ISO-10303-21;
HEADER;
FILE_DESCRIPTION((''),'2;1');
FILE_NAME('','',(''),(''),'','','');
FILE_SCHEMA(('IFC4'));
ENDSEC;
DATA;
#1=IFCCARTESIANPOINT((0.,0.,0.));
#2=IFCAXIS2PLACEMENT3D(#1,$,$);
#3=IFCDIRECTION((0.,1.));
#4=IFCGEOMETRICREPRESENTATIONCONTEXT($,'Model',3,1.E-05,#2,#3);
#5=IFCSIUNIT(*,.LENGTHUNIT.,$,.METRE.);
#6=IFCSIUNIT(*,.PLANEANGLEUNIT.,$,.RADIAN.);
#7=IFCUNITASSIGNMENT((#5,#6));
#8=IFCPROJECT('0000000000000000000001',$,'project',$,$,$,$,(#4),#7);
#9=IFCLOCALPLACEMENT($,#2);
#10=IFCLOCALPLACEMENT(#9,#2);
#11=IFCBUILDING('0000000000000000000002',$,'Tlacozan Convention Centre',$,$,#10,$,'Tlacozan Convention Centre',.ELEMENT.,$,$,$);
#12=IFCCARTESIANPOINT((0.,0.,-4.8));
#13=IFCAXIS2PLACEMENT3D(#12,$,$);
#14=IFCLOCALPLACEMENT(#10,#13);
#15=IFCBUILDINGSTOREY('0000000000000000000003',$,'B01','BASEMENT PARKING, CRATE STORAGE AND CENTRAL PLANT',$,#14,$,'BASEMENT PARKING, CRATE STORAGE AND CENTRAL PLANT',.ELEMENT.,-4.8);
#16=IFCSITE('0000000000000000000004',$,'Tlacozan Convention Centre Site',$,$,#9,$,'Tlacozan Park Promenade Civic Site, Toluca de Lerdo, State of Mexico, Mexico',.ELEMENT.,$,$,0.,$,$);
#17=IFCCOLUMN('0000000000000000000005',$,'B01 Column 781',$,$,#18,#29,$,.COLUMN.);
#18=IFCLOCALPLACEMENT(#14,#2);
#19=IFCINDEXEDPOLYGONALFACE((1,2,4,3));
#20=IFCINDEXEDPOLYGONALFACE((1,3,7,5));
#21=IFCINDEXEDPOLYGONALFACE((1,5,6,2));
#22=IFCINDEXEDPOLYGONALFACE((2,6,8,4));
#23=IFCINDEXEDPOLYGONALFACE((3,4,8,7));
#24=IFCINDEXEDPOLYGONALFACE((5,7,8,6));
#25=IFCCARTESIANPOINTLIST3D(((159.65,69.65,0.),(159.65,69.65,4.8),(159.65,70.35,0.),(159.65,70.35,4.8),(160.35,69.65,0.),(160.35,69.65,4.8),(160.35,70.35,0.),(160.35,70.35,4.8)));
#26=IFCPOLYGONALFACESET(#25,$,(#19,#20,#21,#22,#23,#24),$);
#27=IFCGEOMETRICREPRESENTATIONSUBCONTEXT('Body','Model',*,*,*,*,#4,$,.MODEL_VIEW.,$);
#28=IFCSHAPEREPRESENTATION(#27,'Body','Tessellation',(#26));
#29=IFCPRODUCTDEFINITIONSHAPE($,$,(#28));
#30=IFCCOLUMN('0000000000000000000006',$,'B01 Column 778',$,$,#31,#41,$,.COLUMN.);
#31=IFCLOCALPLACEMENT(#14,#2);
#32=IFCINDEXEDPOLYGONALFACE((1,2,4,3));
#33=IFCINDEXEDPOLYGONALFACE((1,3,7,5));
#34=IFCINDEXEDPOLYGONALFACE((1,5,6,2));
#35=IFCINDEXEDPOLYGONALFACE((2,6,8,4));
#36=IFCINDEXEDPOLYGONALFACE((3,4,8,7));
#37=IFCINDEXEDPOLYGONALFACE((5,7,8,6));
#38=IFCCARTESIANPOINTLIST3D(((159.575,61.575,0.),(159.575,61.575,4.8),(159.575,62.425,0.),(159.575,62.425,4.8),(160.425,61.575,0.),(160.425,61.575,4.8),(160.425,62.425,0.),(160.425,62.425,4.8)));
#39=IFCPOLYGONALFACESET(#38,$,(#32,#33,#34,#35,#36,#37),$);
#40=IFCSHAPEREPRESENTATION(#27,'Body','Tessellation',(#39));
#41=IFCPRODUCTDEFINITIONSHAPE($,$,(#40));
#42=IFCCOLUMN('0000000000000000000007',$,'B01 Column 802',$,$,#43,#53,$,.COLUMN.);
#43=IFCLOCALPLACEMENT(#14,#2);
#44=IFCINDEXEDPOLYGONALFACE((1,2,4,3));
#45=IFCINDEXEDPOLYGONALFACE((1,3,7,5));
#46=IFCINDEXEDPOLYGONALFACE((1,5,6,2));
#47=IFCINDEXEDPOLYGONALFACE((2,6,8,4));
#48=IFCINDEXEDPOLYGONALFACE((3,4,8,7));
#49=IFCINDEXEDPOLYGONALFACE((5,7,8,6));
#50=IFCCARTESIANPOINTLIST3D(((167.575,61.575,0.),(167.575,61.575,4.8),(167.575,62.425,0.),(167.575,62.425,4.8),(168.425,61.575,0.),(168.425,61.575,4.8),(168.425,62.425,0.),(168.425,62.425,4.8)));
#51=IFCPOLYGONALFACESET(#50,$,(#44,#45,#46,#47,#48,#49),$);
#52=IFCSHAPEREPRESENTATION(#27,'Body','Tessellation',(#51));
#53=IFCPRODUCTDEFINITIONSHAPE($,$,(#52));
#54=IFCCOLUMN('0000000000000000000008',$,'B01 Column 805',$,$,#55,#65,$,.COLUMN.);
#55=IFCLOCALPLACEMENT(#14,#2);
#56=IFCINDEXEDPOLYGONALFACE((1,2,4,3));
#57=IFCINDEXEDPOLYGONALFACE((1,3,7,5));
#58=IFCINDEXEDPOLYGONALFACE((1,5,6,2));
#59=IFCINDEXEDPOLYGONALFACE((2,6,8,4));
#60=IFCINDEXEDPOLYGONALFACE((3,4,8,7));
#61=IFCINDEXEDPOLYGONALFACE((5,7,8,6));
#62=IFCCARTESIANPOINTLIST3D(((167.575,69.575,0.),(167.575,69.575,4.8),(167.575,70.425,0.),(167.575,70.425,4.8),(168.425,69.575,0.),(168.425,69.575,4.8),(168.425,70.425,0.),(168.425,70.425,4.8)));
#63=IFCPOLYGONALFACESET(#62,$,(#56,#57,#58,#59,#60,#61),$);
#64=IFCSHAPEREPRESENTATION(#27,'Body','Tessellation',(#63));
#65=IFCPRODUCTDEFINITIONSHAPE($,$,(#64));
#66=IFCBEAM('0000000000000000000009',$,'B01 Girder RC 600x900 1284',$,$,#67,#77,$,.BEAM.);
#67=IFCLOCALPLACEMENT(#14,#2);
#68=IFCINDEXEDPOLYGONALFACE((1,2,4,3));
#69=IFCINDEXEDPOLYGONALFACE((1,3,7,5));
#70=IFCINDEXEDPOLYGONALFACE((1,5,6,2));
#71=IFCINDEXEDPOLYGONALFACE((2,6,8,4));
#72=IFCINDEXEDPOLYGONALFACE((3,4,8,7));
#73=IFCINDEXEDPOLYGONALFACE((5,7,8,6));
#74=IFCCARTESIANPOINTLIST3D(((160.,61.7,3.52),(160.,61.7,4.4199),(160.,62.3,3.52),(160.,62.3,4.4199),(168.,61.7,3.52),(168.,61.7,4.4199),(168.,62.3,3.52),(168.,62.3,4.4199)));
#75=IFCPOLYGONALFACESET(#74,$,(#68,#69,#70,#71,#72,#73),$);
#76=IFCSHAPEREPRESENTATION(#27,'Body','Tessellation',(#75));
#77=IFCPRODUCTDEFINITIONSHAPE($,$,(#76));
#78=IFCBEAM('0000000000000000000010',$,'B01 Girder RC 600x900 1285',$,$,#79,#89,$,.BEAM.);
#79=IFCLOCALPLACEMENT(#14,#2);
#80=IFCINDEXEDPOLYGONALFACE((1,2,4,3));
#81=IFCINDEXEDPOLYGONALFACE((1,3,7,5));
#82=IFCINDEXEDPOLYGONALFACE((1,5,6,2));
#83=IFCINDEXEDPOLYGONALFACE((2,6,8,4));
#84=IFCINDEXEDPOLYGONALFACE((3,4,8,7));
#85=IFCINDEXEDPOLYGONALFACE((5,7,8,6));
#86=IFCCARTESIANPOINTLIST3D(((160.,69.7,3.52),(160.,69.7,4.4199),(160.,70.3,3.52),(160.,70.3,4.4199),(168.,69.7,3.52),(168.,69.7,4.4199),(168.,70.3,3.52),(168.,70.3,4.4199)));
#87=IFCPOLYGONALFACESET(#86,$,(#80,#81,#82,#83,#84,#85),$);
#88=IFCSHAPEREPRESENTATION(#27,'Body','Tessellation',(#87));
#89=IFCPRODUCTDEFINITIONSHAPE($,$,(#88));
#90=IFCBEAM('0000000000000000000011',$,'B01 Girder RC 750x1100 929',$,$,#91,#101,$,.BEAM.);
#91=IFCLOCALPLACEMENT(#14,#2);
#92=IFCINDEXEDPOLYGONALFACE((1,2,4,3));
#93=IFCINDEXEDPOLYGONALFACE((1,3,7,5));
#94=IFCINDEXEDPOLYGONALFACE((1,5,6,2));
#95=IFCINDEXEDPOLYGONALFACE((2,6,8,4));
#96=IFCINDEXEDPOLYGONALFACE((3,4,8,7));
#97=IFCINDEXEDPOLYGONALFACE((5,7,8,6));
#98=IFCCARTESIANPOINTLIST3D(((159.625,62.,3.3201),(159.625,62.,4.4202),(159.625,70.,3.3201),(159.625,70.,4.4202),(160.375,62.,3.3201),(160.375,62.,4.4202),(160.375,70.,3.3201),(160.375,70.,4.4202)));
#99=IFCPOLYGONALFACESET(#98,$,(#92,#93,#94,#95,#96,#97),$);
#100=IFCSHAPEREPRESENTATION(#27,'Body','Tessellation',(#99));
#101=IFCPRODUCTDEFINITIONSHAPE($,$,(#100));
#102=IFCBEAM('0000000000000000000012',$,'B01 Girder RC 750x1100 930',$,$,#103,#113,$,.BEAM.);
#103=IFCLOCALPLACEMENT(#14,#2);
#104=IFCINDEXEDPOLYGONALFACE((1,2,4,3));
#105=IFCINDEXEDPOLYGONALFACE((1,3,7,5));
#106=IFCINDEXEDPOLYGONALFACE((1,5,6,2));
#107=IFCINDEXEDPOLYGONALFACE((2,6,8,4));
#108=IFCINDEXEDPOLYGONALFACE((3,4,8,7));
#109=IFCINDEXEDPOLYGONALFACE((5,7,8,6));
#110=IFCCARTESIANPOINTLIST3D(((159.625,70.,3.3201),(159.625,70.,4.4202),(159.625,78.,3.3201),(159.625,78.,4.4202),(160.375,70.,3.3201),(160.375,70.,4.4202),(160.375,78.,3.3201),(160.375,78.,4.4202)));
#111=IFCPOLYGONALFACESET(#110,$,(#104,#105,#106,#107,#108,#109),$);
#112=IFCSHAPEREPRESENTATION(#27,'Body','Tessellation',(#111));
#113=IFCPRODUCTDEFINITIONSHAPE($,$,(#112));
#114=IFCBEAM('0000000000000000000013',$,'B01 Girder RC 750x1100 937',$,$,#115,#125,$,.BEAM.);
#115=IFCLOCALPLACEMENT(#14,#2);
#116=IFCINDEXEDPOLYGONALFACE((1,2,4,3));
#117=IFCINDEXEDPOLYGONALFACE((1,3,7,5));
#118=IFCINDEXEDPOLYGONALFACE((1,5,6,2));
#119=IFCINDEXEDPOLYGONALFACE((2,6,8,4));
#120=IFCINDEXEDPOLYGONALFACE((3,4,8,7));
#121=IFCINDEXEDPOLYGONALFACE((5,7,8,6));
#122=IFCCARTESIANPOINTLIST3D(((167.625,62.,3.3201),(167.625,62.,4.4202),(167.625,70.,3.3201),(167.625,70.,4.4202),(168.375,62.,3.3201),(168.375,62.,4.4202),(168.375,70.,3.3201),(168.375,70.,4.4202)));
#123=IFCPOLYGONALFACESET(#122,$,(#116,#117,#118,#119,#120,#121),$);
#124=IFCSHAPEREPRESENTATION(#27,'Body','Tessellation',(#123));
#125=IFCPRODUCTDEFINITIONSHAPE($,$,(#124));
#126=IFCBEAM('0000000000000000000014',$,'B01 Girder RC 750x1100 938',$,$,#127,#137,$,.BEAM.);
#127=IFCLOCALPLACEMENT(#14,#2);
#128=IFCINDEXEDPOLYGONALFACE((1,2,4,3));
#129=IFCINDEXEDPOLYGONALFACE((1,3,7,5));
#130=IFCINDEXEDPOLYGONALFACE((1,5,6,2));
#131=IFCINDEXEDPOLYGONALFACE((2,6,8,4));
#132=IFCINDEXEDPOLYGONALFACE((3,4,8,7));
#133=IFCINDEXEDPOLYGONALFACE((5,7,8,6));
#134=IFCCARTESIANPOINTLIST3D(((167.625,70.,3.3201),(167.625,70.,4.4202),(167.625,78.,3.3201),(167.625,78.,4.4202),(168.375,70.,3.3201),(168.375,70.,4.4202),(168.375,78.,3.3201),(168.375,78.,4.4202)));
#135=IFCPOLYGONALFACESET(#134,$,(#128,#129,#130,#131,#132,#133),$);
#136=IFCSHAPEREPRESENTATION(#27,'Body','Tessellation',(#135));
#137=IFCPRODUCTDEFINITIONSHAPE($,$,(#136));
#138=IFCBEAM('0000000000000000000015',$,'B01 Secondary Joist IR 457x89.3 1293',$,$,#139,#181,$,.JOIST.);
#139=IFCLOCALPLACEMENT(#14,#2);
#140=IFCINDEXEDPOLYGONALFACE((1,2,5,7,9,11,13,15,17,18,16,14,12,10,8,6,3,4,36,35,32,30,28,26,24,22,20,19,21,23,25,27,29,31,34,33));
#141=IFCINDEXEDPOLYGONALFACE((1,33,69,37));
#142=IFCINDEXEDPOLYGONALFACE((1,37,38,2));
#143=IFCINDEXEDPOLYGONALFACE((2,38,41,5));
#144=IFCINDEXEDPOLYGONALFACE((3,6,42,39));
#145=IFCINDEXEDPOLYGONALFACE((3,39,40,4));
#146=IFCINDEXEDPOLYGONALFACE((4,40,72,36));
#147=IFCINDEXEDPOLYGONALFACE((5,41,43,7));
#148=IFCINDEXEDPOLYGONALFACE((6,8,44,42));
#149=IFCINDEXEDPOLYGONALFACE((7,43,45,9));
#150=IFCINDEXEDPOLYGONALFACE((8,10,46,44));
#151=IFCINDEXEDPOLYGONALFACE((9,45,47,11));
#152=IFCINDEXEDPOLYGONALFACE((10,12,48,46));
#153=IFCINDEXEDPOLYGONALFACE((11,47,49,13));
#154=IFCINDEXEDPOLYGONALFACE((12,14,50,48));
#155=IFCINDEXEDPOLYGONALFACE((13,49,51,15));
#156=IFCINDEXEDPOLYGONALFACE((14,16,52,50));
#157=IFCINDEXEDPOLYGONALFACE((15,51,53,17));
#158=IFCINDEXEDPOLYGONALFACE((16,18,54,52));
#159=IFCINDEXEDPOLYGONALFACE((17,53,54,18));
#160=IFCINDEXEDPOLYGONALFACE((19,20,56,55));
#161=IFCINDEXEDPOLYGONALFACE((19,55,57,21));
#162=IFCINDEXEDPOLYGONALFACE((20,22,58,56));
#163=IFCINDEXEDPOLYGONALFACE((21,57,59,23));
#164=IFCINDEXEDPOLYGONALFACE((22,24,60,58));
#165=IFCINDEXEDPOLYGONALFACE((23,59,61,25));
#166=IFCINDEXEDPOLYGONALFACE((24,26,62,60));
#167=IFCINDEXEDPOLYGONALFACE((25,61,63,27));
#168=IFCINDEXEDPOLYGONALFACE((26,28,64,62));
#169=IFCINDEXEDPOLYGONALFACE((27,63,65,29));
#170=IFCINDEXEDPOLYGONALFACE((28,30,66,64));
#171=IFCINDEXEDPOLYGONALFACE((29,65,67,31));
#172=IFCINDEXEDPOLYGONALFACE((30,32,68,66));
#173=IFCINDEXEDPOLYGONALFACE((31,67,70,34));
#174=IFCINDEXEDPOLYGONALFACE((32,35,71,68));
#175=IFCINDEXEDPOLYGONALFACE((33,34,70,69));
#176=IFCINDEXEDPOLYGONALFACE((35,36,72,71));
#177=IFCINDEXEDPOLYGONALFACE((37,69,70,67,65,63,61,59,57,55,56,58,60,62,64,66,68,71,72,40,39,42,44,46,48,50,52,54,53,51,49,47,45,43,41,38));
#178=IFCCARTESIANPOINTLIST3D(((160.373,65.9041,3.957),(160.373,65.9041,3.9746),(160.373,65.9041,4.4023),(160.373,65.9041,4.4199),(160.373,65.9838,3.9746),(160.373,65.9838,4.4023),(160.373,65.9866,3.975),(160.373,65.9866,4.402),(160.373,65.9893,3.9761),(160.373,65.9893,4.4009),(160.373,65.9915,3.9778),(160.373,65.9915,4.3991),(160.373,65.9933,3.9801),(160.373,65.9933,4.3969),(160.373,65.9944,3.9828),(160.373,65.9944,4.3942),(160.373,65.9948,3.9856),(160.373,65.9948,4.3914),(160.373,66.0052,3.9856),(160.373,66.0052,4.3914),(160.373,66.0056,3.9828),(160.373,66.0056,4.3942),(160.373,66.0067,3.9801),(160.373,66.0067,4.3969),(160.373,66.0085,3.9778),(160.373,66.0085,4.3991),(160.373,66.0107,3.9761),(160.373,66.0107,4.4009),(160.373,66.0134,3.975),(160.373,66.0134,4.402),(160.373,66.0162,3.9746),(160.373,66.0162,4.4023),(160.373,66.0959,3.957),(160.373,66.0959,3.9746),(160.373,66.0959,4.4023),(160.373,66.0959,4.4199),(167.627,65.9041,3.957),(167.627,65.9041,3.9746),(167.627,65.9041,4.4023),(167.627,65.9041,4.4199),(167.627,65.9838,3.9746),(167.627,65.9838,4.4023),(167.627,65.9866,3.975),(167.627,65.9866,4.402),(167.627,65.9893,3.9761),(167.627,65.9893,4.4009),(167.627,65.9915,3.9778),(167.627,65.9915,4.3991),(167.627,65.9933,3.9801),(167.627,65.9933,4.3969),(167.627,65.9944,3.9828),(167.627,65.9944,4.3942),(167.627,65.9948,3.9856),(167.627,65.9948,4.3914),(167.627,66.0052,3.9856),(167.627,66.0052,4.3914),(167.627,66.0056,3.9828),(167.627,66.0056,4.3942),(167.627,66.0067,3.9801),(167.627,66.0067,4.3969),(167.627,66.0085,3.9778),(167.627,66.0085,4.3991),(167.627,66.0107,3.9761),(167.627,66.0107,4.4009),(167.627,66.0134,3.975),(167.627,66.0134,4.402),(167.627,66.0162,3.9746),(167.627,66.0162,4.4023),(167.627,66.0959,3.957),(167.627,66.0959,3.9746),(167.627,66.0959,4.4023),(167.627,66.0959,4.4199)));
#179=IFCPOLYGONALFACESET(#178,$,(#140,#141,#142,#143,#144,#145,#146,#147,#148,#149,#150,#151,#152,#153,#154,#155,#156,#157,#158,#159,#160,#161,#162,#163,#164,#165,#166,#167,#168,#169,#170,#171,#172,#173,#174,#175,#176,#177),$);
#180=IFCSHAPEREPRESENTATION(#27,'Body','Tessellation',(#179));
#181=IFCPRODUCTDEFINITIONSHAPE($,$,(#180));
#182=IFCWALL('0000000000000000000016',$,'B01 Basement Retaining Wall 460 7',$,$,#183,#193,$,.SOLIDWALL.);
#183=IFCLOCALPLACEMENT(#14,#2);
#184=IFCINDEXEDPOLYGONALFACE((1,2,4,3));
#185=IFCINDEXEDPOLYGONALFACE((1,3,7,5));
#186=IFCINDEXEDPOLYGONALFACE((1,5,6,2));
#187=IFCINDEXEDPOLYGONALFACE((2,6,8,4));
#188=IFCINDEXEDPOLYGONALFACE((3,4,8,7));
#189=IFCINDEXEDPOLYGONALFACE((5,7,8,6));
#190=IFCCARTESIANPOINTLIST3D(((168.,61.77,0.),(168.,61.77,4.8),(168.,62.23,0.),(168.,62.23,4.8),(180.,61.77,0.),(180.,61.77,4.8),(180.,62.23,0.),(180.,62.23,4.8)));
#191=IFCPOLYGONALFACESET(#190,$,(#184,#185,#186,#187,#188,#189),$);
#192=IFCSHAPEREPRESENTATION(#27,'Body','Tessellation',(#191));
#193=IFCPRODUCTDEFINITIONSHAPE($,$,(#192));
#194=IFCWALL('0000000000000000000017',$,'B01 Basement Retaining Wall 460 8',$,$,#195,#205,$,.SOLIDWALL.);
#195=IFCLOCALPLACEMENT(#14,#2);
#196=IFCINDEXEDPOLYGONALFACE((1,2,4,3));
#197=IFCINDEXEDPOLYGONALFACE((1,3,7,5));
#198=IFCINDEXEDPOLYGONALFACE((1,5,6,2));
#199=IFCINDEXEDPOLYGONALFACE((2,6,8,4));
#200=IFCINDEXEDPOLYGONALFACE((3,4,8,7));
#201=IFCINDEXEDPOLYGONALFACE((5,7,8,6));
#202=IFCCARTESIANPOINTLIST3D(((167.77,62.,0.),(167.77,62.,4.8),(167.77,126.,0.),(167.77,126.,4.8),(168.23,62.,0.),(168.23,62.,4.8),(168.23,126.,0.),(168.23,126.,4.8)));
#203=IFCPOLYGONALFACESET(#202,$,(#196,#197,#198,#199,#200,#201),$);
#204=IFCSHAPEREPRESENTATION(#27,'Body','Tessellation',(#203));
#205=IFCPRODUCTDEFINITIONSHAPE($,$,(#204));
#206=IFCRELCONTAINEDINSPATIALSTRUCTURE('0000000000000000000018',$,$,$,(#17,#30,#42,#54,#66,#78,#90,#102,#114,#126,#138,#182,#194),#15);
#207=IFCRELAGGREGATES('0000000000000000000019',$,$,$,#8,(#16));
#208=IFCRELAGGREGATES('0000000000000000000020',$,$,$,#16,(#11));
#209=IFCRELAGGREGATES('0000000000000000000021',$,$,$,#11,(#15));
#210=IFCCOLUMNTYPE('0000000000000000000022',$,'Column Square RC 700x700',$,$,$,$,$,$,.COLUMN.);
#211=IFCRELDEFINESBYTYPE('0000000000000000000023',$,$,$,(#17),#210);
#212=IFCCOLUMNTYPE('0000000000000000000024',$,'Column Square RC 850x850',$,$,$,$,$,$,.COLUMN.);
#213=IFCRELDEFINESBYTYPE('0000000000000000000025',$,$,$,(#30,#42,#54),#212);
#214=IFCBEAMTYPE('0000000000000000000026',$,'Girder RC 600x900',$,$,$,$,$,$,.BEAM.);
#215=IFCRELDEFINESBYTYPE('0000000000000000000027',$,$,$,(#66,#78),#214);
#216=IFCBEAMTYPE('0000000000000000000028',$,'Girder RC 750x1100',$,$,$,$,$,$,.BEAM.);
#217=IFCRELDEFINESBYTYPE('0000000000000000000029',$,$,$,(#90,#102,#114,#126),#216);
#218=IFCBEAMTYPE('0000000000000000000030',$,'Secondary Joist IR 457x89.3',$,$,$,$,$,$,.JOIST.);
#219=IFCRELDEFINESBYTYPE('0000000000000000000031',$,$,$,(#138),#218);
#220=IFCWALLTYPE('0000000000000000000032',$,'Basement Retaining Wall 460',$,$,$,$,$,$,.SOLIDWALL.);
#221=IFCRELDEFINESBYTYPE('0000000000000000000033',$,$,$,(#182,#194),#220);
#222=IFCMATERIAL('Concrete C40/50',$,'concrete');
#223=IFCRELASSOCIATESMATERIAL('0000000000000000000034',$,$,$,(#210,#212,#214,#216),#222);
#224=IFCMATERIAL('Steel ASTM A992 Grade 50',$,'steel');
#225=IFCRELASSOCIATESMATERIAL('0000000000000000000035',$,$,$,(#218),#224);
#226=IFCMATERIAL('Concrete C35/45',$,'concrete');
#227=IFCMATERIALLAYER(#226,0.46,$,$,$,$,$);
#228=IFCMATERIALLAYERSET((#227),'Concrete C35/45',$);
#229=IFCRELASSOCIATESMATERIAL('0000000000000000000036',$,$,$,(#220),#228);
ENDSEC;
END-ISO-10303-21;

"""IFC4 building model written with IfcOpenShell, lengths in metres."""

from ifc_helpers import new_model, si_unit, direction, frame, frame_2d, origin, origin_2d, place, context, subcontext, project, spatial, rectangle, i_section, extrude, material, layer, layer_set, material_profile, profile_set, type_object, element, save


model = new_model("IFC4")

# Units and contexts
model_context = context("Model", 3, precision=1e-05, world=origin(), true_north=direction((0.0, 1.0)))
body_context = subcontext(model_context, "Body", "Model", "MODEL_VIEW")
ifc_project = project(units=[si_unit("LENGTHUNIT", "METRE"), si_unit("PLANEANGLEUNIT", "RADIAN")], contexts=[model_context])

# Site, building, storey
site_placement = place(None, origin())
site = spatial("IfcSite", under=ifc_project, at=site_placement, Name="Tlacozan Convention Centre Site", LongName="Tlacozan Park Promenade Civic Site, Toluca de Lerdo, State of Mexico, Mexico", CompositionType="ELEMENT", RefElevation=0.0)
building_placement = place(site_placement, origin())
building = spatial("IfcBuilding", under=site, at=building_placement, Name="Tlacozan Convention Centre", LongName="Tlacozan Convention Centre", CompositionType="ELEMENT")
storey_placement = place(building_placement, frame((0.0, 0.0, -4.8)))
storey = spatial("IfcBuildingStorey", under=building, at=storey_placement, Name="B01", Description="BASEMENT PARKING, CRATE STORAGE AND CENTRAL PLANT", LongName="BASEMENT PARKING, CRATE STORAGE AND CENTRAL PLANT", CompositionType="ELEMENT", Elevation=-4.8)

# Shared definitions
ifc_material_1 = material(Name="Concrete C35/45", Category="concrete")

# Columns
ifc_material_2 = material(Name="Concrete C40/50", Category="concrete")
ifc_material_profile_1 = material_profile(ifc_material_2, rectangle(XDim=0.7, YDim=0.7, at=origin_2d()), Name="RC 700x700")
ifc_profile_set_1 = profile_set([ifc_material_profile_1], Name="Concrete C40/50")
column_type_1 = type_object("IfcColumnType", Name="Column Square RC 700x700", PredefinedType="COLUMN", material=ifc_profile_set_1)
column_placement = place(storey_placement, frame((160.0, 70.0, 0.0), z_axis=(0.0, 0.0, 1.0), x_axis=(1.0, 0.0, 0.0)))
element("IfcColumn", 1, at=column_placement, inside=storey, type_object=column_type_1, Name="B01 Column 781", PredefinedType="COLUMN", context=body_context, shape_type="SweptSolid", body=[
    extrude(rectangle(XDim=0.7, YDim=0.7, at=origin_2d()), origin(), (0.0, 0.0, 1.0), 4.8),
])
ifc_material_profile_2 = material_profile(ifc_material_2, rectangle(XDim=0.8501, YDim=0.8501, at=origin_2d()), Name="RC 850x850")
ifc_profile_set_2 = profile_set([ifc_material_profile_2], Name="Concrete C40/50")
column_type_2 = type_object("IfcColumnType", Name="Column Square RC 850x850", PredefinedType="COLUMN", material=ifc_profile_set_2)
for number, where, z_axis, x_axis, name in (
    (2, (160.0, 62.0, 0.0), (0.0, 0.0, 1.0), (1.0, 0.0, 0.0), "B01 Column 778"),
    (3, (168.0, 62.0, 0.0), (0.0, 0.0, 1.0), (1.0, 0.0, 0.0), "B01 Column 802"),
    (4, (168.0, 70.0, 0.0), (0.0, 0.0, 1.0), (1.0, 0.0, 0.0), "B01 Column 805"),
):
    element("IfcColumn", number, at=place(storey_placement, frame(where, z_axis=z_axis, x_axis=x_axis)), inside=storey, type_object=column_type_2, Name=name, PredefinedType="COLUMN", context=body_context, shape_type="SweptSolid", body=[
        extrude(rectangle(XDim=0.8501, YDim=0.8501, at=origin_2d()), origin(), (0.0, 0.0, 1.0), 4.8),
    ])

# Beams
ifc_material_profile_3 = material_profile(ifc_material_2, rectangle(XDim=0.6001, YDim=0.8999, at=origin_2d()), Name="RC 600x900")
ifc_profile_set_3 = profile_set([ifc_material_profile_3], Name="Concrete C40/50")
beam_type_1 = type_object("IfcBeamType", Name="Girder RC 600x900", PredefinedType="BEAM", material=ifc_profile_set_3)
for number, where, z_axis, x_axis, name in (
    (5, (160.0, 62.0, 3.97), (1.0, 0.0, 0.0), (0.0, 1.0, 0.0), "B01 Girder RC 600x900 1284"),
    (6, (160.0, 70.0, 3.97), (1.0, 0.0, 0.0), (0.0, 1.0, 0.0), "B01 Girder RC 600x900 1285"),
):
    element("IfcBeam", number, at=place(storey_placement, frame(where, z_axis=z_axis, x_axis=x_axis)), inside=storey, type_object=beam_type_1, Name=name, PredefinedType="BEAM", context=body_context, shape_type="SweptSolid", body=[
        extrude(rectangle(XDim=0.6001, YDim=0.8999, at=origin_2d()), origin(), (0.0, 0.0, 1.0), 8.0),
    ])
ifc_material_profile_4 = material_profile(ifc_material_2, rectangle(XDim=0.75, YDim=1.1001, at=origin_2d()), Name="RC 750x1100")
ifc_profile_set_4 = profile_set([ifc_material_profile_4], Name="Concrete C40/50")
beam_type_2 = type_object("IfcBeamType", Name="Girder RC 750x1100", PredefinedType="BEAM", material=ifc_profile_set_4)
for number, where, z_axis, x_axis, name in (
    (7, (160.0, 62.0, 3.8701), (0.0, 1.0, 0.0), (-1.0, 0.0, 0.0), "B01 Girder RC 750x1100 929"),
    (8, (160.0, 70.0, 3.8701), (0.0, 1.0, 0.0), (-1.0, 0.0, 0.0), "B01 Girder RC 750x1100 930"),
    (9, (168.0, 62.0, 3.8701), (0.0, 1.0, 0.0), (-1.0, 0.0, 0.0), "B01 Girder RC 750x1100 937"),
    (10, (168.0, 70.0, 3.8701), (0.0, 1.0, 0.0), (-1.0, 0.0, 0.0), "B01 Girder RC 750x1100 938"),
):
    element("IfcBeam", number, at=place(storey_placement, frame(where, z_axis=z_axis, x_axis=x_axis)), inside=storey, type_object=beam_type_2, Name=name, PredefinedType="BEAM", context=body_context, shape_type="SweptSolid", body=[
        extrude(rectangle(XDim=0.75, YDim=1.1001, at=origin_2d()), origin(), (0.0, 0.0, 1.0), 8.0),
    ])
ifc_material_3 = material(Name="Steel ASTM A992 Grade 50", Category="steel")
ifc_material_profile_5 = material_profile(ifc_material_3, i_section(OverallWidth=0.1919, OverallDepth=0.4629, WebThickness=0.0105, FlangeThickness=0.0176, FilletRadius=0.011, at=origin_2d()), Name="IR 457x89.3")
ifc_profile_set_5 = profile_set([ifc_material_profile_5], Name="Steel ASTM A992 Grade 50")
beam_type_3 = type_object("IfcBeamType", Name="Secondary Joist IR 457x89.3", PredefinedType="JOIST", material=ifc_profile_set_5)
beam_placement = place(storey_placement, frame((160.373, 66.0, 4.1885), z_axis=(1.0, 0.0, 0.0), x_axis=(0.0, 1.0, 0.0)))
element("IfcBeam", 11, at=beam_placement, inside=storey, type_object=beam_type_3, Name="B01 Secondary Joist IR 457x89.3 1293", PredefinedType="JOIST", context=body_context, shape_type="SweptSolid", body=[
    extrude(i_section(OverallWidth=0.1919, OverallDepth=0.4629, WebThickness=0.0105, FlangeThickness=0.0176, FilletRadius=0.011, at=origin_2d()), origin(), (0.0, 0.0, 1.0), 7.2539),
])

# Walls
ifc_layer_1 = layer(ifc_material_1, 0.46)
ifc_layer_set_1 = layer_set([ifc_layer_1], Name="Concrete C35/45")
wall_type_1 = type_object("IfcWallType", Name="Basement Retaining Wall 460", PredefinedType="SOLIDWALL", material=ifc_layer_set_1)
wall_1_placement = place(storey_placement, frame((180.0, 62.0, 0.0), z_axis=(0.0, 0.0, 1.0), x_axis=(-1.0, 0.0, 0.0)))
element("IfcWall", 12, at=wall_1_placement, inside=storey, type_object=wall_type_1, Name="B01 Basement Retaining Wall 460 7", PredefinedType="SOLIDWALL", context=body_context, shape_type="SweptSolid", body=[
    extrude(rectangle(XDim=12.0, YDim=0.46, at=frame_2d((6.0, 0.0))), origin(), (0.0, 0.0, 1.0), 4.8),
])
wall_2_placement = place(storey_placement, frame((168.0, 62.0, 0.0), z_axis=(0.0, 0.0, 1.0), x_axis=(0.0, 1.0, 0.0)))
element("IfcWall", 13, at=wall_2_placement, inside=storey, type_object=wall_type_1, Name="B01 Basement Retaining Wall 460 8", PredefinedType="SOLIDWALL", context=body_context, shape_type="SweptSolid", body=[
    extrude(rectangle(XDim=64.0, YDim=0.46, at=frame_2d((32.0, 0.0))), origin(), (0.0, 0.0, 1.0), 4.8),
])

save(model, "model.ifc")
